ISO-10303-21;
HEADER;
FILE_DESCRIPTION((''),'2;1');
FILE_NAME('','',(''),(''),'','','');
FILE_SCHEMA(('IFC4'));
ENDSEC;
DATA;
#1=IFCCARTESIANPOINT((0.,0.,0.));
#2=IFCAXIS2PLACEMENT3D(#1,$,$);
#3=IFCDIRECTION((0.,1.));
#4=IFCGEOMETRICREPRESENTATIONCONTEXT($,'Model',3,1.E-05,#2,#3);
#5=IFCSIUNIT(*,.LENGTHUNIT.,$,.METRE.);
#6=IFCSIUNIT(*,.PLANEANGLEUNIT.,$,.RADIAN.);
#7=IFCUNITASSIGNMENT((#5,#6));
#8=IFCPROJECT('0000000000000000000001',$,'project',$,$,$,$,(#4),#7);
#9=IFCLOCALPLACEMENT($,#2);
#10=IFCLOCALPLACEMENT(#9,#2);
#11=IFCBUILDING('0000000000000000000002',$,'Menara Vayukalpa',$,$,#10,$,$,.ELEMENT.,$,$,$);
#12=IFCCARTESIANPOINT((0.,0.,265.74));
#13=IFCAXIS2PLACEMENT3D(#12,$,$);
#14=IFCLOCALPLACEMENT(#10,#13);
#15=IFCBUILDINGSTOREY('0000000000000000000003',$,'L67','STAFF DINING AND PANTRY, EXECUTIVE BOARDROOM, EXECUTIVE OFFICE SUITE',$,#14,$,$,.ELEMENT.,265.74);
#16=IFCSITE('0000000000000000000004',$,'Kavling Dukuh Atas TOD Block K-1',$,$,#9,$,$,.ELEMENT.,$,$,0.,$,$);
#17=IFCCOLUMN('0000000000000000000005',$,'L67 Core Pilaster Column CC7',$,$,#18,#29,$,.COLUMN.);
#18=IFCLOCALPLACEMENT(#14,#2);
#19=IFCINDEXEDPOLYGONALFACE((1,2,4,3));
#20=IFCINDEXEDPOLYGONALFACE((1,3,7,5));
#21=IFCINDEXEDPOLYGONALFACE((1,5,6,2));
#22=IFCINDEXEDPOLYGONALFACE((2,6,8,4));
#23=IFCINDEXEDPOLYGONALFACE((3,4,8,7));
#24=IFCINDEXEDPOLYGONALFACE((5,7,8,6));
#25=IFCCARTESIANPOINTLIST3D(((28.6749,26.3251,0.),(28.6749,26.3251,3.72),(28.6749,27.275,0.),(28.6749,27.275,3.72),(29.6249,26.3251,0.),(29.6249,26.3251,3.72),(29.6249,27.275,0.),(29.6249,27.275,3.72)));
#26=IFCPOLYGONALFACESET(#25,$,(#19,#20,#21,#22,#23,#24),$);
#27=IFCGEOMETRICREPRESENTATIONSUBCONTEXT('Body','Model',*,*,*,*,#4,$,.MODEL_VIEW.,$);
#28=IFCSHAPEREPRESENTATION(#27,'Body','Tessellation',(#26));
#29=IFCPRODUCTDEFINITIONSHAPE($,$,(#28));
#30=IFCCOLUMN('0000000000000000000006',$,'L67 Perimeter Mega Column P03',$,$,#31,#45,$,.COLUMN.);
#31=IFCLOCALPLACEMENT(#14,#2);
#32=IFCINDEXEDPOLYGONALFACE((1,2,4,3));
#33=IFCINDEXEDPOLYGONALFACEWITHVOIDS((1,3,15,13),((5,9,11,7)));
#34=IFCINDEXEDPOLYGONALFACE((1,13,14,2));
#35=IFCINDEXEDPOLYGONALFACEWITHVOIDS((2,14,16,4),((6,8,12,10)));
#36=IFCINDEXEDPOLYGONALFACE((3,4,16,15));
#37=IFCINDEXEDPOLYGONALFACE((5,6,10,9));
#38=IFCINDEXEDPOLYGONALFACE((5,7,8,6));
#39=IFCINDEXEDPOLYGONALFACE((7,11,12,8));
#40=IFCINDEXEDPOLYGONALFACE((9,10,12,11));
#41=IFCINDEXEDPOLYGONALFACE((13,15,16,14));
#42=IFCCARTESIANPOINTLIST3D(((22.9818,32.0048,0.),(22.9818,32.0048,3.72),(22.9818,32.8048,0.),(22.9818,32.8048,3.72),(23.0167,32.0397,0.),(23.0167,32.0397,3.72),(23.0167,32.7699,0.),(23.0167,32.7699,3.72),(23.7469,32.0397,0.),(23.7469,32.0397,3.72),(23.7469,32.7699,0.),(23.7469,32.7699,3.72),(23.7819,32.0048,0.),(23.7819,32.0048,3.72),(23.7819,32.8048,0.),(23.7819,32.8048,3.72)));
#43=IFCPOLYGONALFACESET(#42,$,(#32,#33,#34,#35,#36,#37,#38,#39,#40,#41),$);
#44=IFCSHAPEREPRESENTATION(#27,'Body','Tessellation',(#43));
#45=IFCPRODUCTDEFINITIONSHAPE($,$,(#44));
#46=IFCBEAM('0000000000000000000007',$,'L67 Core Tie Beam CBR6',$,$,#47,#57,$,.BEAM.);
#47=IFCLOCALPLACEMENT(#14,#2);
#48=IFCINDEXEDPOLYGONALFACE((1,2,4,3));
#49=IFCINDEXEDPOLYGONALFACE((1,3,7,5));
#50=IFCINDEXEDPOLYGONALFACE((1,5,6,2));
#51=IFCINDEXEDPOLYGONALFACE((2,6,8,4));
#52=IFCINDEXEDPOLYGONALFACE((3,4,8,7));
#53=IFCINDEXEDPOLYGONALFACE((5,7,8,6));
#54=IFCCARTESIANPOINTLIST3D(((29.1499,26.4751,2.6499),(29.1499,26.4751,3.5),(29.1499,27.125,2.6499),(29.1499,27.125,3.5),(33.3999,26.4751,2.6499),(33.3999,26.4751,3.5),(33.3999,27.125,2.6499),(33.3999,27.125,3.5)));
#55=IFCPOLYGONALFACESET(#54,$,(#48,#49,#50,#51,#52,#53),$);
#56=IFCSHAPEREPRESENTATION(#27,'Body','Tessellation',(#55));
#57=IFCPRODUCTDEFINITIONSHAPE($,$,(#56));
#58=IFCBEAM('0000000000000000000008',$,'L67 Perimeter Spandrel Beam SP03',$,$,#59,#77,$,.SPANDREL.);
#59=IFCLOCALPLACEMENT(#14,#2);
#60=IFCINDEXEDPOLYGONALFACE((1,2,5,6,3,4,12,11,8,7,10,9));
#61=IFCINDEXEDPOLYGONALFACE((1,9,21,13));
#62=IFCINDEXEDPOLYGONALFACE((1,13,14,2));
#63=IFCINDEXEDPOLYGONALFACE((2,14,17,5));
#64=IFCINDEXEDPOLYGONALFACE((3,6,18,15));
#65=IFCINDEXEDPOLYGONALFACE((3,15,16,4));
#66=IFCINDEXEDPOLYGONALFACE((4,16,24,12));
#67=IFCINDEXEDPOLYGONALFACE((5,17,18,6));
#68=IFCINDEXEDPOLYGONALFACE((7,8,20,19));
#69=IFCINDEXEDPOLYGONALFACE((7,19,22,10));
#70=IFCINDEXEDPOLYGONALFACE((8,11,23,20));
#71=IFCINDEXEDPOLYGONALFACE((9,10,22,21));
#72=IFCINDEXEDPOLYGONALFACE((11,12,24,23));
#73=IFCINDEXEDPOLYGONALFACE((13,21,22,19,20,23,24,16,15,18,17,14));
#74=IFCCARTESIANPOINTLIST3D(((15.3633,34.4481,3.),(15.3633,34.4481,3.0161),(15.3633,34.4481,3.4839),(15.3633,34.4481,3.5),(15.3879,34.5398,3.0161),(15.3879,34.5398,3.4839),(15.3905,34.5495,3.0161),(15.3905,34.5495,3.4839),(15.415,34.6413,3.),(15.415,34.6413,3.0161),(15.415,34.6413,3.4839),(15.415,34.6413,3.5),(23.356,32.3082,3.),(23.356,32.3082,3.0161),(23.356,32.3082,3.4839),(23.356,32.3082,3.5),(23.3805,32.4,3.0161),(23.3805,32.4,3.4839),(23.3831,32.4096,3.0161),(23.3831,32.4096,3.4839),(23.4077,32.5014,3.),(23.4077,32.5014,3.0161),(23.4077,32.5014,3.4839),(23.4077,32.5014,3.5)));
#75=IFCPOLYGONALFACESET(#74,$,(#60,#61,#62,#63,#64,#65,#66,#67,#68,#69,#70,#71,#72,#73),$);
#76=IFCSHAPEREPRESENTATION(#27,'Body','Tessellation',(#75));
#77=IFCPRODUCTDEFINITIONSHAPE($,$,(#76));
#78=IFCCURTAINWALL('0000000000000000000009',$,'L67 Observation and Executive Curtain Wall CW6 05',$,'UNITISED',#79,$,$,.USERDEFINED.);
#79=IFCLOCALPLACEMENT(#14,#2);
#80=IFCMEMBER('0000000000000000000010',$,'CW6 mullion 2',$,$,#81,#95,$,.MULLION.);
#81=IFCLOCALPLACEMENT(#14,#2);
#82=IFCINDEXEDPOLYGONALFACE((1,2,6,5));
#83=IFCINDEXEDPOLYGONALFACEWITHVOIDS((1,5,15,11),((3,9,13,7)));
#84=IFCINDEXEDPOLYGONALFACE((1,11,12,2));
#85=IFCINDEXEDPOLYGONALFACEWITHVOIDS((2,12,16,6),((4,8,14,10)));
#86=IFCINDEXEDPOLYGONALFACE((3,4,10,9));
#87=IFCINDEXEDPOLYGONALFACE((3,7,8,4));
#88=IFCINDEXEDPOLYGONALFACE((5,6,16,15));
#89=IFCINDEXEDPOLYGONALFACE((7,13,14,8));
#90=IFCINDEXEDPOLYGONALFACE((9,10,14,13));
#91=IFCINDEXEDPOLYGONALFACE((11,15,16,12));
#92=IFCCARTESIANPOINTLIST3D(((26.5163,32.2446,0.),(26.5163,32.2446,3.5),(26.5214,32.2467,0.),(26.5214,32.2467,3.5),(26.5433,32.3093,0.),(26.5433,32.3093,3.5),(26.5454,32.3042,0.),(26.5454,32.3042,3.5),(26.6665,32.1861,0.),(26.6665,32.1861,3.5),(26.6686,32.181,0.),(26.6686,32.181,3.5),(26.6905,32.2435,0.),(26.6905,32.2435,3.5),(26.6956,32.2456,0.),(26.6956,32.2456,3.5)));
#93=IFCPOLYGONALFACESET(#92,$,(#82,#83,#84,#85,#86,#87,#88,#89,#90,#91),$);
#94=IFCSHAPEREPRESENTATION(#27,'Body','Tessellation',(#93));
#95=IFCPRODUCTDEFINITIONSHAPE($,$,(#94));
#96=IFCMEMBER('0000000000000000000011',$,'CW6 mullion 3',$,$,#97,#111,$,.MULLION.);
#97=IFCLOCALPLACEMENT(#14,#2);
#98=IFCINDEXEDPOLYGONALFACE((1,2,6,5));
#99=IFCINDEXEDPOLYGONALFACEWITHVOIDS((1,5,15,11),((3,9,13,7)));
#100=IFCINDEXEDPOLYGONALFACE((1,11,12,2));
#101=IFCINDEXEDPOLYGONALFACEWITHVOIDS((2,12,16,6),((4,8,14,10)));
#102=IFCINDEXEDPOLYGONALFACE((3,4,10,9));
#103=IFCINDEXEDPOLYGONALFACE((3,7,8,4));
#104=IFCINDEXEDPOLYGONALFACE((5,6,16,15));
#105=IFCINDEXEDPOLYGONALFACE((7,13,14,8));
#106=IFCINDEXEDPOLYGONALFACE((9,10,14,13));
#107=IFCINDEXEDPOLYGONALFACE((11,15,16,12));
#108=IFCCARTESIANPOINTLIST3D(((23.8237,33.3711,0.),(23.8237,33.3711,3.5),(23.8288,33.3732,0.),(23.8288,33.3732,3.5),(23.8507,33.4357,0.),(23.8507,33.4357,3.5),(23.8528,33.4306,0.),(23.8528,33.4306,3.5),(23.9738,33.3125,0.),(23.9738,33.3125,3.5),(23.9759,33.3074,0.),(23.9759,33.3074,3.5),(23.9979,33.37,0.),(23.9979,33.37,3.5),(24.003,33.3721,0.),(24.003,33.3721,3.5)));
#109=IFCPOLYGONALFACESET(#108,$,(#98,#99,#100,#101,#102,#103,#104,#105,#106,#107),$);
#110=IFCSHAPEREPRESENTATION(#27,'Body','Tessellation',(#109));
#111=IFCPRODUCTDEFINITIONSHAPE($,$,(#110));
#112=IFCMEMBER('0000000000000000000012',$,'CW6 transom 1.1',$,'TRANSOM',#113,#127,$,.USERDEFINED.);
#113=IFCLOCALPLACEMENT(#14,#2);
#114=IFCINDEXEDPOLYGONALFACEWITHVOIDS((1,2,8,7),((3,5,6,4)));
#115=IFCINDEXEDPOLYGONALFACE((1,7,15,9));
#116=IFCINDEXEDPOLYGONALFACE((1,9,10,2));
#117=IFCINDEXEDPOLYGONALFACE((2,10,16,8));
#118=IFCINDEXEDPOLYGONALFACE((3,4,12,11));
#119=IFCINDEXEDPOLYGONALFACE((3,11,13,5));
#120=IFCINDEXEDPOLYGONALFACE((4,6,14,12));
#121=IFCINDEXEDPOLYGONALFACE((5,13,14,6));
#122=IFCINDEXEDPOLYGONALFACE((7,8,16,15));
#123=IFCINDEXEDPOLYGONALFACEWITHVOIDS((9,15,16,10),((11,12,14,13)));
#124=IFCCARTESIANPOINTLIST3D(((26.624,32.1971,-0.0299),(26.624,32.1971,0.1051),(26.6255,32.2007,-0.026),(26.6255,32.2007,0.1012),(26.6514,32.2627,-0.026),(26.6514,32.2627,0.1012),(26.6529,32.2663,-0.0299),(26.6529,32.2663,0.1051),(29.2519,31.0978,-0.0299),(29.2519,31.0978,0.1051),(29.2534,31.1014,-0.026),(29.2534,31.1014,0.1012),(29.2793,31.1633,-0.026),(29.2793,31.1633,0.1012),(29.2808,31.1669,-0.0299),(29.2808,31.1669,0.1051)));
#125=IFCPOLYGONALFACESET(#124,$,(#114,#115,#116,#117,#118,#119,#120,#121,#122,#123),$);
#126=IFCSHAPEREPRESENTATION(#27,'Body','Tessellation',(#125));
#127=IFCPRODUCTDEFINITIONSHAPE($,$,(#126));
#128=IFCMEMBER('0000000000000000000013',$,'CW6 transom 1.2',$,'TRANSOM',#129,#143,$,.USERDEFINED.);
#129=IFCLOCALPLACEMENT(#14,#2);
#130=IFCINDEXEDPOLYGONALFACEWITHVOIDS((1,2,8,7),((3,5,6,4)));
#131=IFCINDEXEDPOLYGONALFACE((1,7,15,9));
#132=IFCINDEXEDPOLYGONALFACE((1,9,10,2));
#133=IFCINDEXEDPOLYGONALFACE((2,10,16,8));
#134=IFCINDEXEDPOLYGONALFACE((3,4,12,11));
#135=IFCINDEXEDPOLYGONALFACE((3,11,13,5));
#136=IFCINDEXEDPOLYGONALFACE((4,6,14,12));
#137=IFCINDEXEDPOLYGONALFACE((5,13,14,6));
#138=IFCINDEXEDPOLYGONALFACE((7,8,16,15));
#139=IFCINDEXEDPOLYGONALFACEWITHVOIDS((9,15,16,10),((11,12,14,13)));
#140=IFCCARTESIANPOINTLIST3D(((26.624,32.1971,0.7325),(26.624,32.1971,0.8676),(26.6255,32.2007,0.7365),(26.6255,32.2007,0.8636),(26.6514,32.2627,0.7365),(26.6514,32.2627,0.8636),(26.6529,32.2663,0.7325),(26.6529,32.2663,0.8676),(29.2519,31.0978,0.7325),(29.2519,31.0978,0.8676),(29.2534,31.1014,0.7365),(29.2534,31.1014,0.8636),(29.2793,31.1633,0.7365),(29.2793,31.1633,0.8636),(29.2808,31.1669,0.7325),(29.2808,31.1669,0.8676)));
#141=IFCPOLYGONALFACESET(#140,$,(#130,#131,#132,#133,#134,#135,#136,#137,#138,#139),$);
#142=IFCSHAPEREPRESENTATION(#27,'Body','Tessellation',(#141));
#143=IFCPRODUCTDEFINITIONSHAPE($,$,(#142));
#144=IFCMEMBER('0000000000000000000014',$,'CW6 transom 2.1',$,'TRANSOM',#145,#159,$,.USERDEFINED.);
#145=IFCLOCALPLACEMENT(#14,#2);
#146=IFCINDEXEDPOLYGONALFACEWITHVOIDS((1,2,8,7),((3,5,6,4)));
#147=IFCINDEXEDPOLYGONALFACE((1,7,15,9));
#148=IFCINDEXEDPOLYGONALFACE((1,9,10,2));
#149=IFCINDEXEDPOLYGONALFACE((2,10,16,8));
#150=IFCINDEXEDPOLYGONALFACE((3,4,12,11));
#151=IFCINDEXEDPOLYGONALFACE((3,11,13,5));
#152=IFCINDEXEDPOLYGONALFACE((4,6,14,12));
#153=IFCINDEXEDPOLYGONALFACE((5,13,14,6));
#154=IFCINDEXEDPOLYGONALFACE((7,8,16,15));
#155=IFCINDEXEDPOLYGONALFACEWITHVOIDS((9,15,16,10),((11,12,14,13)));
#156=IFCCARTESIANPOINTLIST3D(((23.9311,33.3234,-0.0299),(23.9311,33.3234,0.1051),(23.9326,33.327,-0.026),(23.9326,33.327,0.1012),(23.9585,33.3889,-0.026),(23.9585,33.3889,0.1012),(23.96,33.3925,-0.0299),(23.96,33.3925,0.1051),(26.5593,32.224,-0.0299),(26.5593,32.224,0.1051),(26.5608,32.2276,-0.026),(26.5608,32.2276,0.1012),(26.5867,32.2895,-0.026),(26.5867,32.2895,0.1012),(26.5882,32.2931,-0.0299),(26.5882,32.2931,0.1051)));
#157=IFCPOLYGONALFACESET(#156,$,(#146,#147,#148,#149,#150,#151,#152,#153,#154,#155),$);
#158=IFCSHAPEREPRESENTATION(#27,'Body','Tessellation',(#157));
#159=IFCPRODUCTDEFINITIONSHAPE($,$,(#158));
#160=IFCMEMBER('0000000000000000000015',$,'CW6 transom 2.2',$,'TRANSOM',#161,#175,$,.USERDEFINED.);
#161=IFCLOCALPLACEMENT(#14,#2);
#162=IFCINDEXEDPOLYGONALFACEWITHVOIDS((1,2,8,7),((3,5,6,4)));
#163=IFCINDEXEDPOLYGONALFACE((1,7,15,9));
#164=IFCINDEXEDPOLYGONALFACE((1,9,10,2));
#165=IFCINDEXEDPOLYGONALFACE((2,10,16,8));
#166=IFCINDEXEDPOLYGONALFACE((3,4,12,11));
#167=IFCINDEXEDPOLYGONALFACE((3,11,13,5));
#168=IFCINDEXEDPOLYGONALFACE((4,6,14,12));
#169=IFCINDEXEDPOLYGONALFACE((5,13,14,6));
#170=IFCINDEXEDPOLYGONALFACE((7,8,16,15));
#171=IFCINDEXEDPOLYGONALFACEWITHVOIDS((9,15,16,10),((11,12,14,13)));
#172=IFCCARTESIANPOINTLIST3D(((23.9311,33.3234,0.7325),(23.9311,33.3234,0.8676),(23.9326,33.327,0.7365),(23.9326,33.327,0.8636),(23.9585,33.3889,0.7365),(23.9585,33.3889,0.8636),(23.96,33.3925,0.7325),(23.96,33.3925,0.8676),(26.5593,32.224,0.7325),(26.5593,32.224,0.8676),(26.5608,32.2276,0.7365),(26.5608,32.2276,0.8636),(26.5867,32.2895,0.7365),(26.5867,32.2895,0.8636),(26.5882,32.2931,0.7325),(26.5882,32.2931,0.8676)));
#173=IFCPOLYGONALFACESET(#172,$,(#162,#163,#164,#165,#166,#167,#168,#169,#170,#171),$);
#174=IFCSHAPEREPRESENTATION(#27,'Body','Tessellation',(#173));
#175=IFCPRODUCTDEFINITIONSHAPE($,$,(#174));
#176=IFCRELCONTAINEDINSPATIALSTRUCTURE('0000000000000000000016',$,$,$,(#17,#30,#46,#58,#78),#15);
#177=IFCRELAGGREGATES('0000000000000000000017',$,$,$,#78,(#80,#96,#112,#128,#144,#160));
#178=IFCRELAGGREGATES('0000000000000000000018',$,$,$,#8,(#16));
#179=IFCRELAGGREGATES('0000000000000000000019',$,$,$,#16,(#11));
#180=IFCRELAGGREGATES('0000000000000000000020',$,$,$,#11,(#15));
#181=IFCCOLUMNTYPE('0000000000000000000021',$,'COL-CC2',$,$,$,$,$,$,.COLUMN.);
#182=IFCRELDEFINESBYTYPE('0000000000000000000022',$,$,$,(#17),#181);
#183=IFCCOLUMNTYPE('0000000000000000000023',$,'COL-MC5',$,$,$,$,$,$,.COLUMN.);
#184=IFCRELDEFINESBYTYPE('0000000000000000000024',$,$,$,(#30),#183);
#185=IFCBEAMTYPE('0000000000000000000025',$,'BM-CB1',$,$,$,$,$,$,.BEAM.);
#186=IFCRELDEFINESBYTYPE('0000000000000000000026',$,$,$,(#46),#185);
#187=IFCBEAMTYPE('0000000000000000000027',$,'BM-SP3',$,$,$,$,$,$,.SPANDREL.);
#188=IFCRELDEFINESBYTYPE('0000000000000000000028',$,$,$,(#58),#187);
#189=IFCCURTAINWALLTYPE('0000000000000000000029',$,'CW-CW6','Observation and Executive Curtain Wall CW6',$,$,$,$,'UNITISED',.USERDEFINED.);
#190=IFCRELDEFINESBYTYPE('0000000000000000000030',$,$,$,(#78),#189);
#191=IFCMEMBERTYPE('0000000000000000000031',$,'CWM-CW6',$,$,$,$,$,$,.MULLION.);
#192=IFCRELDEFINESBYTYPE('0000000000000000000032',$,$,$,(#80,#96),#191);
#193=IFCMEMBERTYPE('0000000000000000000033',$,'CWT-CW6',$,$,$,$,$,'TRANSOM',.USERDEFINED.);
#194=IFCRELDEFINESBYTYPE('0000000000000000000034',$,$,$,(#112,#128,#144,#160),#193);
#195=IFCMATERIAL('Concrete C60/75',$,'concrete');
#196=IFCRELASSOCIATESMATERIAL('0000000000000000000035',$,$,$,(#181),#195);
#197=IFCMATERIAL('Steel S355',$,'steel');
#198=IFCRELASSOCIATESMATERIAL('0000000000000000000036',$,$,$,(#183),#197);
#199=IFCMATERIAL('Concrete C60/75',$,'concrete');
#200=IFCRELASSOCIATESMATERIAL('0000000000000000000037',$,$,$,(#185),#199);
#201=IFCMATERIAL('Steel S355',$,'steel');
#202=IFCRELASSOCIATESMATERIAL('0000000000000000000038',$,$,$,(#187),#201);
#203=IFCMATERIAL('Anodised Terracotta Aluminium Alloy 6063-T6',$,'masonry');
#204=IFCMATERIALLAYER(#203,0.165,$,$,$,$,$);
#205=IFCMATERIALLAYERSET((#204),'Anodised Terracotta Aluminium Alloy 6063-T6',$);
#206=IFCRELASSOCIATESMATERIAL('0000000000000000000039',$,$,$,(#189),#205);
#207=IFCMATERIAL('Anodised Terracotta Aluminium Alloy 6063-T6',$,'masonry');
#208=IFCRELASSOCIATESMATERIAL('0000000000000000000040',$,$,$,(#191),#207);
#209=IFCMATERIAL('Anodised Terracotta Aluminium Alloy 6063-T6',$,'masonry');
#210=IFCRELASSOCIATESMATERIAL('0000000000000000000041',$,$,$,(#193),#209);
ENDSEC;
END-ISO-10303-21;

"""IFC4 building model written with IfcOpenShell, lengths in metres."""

from ifc_helpers import new_model, si_unit, direction, frame, origin, origin_2d, place, context, subcontext, project, spatial, rectangle, hollow_rectangle, i_section, extrude, material, layer, layer_set, material_profile, profile_set, type_object, element, aggregate, save


model = new_model("IFC4")

# Units and contexts
model_context = context("Model", 3, precision=1e-05, world=origin(), true_north=direction((0.0, 1.0)))
body_context = subcontext(model_context, "Body", "Model", "MODEL_VIEW")
ifc_project = project(units=[si_unit("LENGTHUNIT", "METRE"), si_unit("PLANEANGLEUNIT", "RADIAN")], contexts=[model_context])

# Site, building, storey
site_placement = place(None, origin())
site = spatial("IfcSite", under=ifc_project, at=site_placement, Name="Kavling Dukuh Atas TOD Block K-1", CompositionType="ELEMENT", RefElevation=0.0)
building_placement = place(site_placement, origin())
building = spatial("IfcBuilding", under=site, at=building_placement, Name="Menara Vayukalpa", CompositionType="ELEMENT")
storey_placement = place(building_placement, frame((0.0, 0.0, 265.74)))
storey = spatial("IfcBuildingStorey", under=building, at=storey_placement, Name="L67", Description="STAFF DINING AND PANTRY, EXECUTIVE BOARDROOM, EXECUTIVE OFFICE SUITE", CompositionType="ELEMENT", Elevation=265.74)

# Columns
ifc_material_1 = material(Name="Concrete C60/75", Category="concrete")
ifc_material_profile_1 = material_profile(ifc_material_1, rectangle(XDim=0.95, YDim=0.95, at=origin_2d()), Name="RC 950x950")
ifc_profile_set_1 = profile_set([ifc_material_profile_1], Name="Concrete C60/75")
column_type_1 = type_object("IfcColumnType", Name="COL-CC2", PredefinedType="COLUMN", material=ifc_profile_set_1)
column_1_placement = place(storey_placement, frame((29.1499, 26.8, 0.0), z_axis=(0.0, 0.0, 1.0), x_axis=(1.0, 0.0, 0.0)))
element("IfcColumn", 1, at=column_1_placement, inside=storey, type_object=column_type_1, Name="L67 Core Pilaster Column CC7", PredefinedType="COLUMN", context=body_context, shape_type="SweptSolid", body=[
    extrude(rectangle(XDim=0.95, YDim=0.95, at=origin_2d()), origin(), (0.0, 0.0, 1.0), 3.72),
])
ifc_material_2 = material(Name="Steel S355", Category="steel")
ifc_material_profile_2 = material_profile(ifc_material_2, hollow_rectangle(XDim=0.8, YDim=0.8, WallThickness=0.0349, at=origin_2d()), Name="BOX 800x800x35")
ifc_profile_set_2 = profile_set([ifc_material_profile_2], Name="Steel S355")
column_type_2 = type_object("IfcColumnType", Name="COL-MC5", PredefinedType="COLUMN", material=ifc_profile_set_2)
column_2_placement = place(storey_placement, frame((23.3818, 32.4048, 0.0), z_axis=(0.0, 0.0, 1.0), x_axis=(1.0, 0.0, 0.0)))
element("IfcColumn", 2, at=column_2_placement, inside=storey, type_object=column_type_2, Name="L67 Perimeter Mega Column P03", PredefinedType="COLUMN", context=body_context, shape_type="SweptSolid", body=[
    extrude(hollow_rectangle(XDim=0.8, YDim=0.8, WallThickness=0.0349, at=origin_2d()), origin(), (0.0, 0.0, 1.0), 3.72),
])

# Beams
ifc_material_3 = material(Name="Concrete C60/75", Category="concrete")
ifc_material_profile_3 = material_profile(ifc_material_3, rectangle(XDim=0.6499, YDim=0.8501, at=origin_2d()), Name="RC 650x850")
ifc_profile_set_3 = profile_set([ifc_material_profile_3], Name="Concrete C60/75")
beam_type_1 = type_object("IfcBeamType", Name="BM-CB1", PredefinedType="BEAM", material=ifc_profile_set_3)
beam_1_placement = place(storey_placement, frame((29.1499, 26.8, 3.075), z_axis=(1.0, 0.0, 0.0), x_axis=(0.0, 1.0, 0.0)))
element("IfcBeam", 3, at=beam_1_placement, inside=storey, type_object=beam_type_1, Name="L67 Core Tie Beam CBR6", PredefinedType="BEAM", context=body_context, shape_type="SweptSolid", body=[
    extrude(rectangle(XDim=0.6499, YDim=0.8501, at=origin_2d()), origin(), (0.0, 0.0, 1.0), 4.25),
])
ifc_material_4 = material(Name="Steel S355", Category="steel")
ifc_material_profile_4 = material_profile(ifc_material_4, i_section(OverallWidth=0.2, OverallDepth=0.5, WebThickness=0.01, FlangeThickness=0.0161, at=origin_2d()), Name="WF 500x200x10x16")
ifc_profile_set_4 = profile_set([ifc_material_profile_4], Name="Steel S355")
beam_type_2 = type_object("IfcBeamType", Name="BM-SP3", PredefinedType="SPANDREL", material=ifc_profile_set_4)
beam_2_placement = place(storey_placement, frame((23.3818, 32.4048, 3.25), z_axis=(-0.965978, 0.258623, 0.0), x_axis=(-0.258623, -0.965978, 0.0)))
element("IfcBeam", 4, at=beam_2_placement, inside=storey, type_object=beam_type_2, Name="L67 Perimeter Spandrel Beam SP03", PredefinedType="SPANDREL", context=body_context, shape_type="SweptSolid", body=[
    extrude(i_section(OverallWidth=0.2, OverallDepth=0.5, WebThickness=0.01, FlangeThickness=0.0161, at=origin_2d()), origin(), (0.0, 0.0, 1.0), 8.2742),
])

# Curtain wall, members
ifc_material_5 = material(Name="Anodised Terracotta Aluminium Alloy 6063-T6", Category="masonry")
ifc_layer_1 = layer(ifc_material_5, 0.165)
ifc_layer_set_1 = layer_set([ifc_layer_1], Name="Anodised Terracotta Aluminium Alloy 6063-T6")
curtain_wall_type = type_object("IfcCurtainWallType", Name="CW-CW6", Description="Observation and Executive Curtain Wall CW6", ElementType="UNITISED", PredefinedType="USERDEFINED", material=ifc_layer_set_1)
curtain_wall_placement = place(storey_placement, origin())
curtain_wall = element("IfcCurtainWall", 5, at=curtain_wall_placement, inside=storey, type_object=curtain_wall_type, Name="L67 Observation and Executive Curtain Wall CW6 05", ObjectType="UNITISED", PredefinedType="USERDEFINED")
ifc_material_6 = material(Name="Anodised Terracotta Aluminium Alloy 6063-T6", Category="masonry")
ifc_material_profile_5 = material_profile(ifc_material_6, hollow_rectangle(XDim=0.0701, YDim=0.165, WallThickness=0.0039, at=origin_2d()), Name="ALU 70x165x4")
ifc_profile_set_5 = profile_set([ifc_material_profile_5], Name="Anodised Terracotta Aluminium Alloy 6063-T6")
member_type_1 = type_object("IfcMemberType", Name="CWM-CW6", PredefinedType="MULLION", material=ifc_profile_set_5)
member_1_placement = place(storey_placement, frame((26.606, 32.2451, 0.0), z_axis=(0.0, 0.0, 1.0), x_axis=(-0.3859, -0.922541, 0.0)))
member_1 = element("IfcMember", 6, at=member_1_placement, type_object=member_type_1, Name="CW6 mullion 2", PredefinedType="MULLION", context=body_context, shape_type="SweptSolid", body=[
    extrude(hollow_rectangle(XDim=0.0701, YDim=0.165, WallThickness=0.0039, at=origin_2d()), origin(), (0.0, 0.0, 1.0), 3.5),
])
member_2_placement = place(storey_placement, frame((23.9133, 33.3716, 0.0), z_axis=(0.0, 0.0, 1.0), x_axis=(-0.3859, -0.922541, 0.0)))
member_2 = element("IfcMember", 7, at=member_2_placement, type_object=member_type_1, Name="CW6 mullion 3", PredefinedType="MULLION", context=body_context, shape_type="SweptSolid", body=[
    extrude(hollow_rectangle(XDim=0.0701, YDim=0.165, WallThickness=0.0039, at=origin_2d()), origin(), (0.0, 0.0, 1.0), 3.5),
])
ifc_material_7 = material(Name="Anodised Terracotta Aluminium Alloy 6063-T6", Category="masonry")
ifc_material_profile_6 = material_profile(ifc_material_7, hollow_rectangle(XDim=0.075, YDim=0.135, WallThickness=0.0039, at=origin_2d()), Name="ALU 75x135x4")
ifc_profile_set_6 = profile_set([ifc_material_profile_6], Name="Anodised Terracotta Aluminium Alloy 6063-T6")
member_type_2 = type_object("IfcMemberType", Name="CWT-CW6", ElementType="TRANSOM", PredefinedType="USERDEFINED", material=ifc_profile_set_6)
member_3_placement = place(storey_placement, frame((29.2664, 31.1323, 0.0376), z_axis=(-0.922528, 0.385929, 0.0), x_axis=(-0.385929, -0.922528, 0.0)))
member_3 = element("IfcMember", 8, at=member_3_placement, type_object=member_type_2, Name="CW6 transom 1.1", ObjectType="TRANSOM", PredefinedType="USERDEFINED", context=body_context, shape_type="SweptSolid", body=[
    extrude(hollow_rectangle(XDim=0.075, YDim=0.135, WallThickness=0.0039, at=origin_2d()), origin(), (0.0, 0.0, 1.0), 2.8486),
])
member_4_placement = place(storey_placement, frame((29.2664, 31.1323, 0.8), z_axis=(-0.922528, 0.385929, 0.0), x_axis=(-0.385929, -0.922528, 0.0)))
member_4 = element("IfcMember", 9, at=member_4_placement, type_object=member_type_2, Name="CW6 transom 1.2", ObjectType="TRANSOM", PredefinedType="USERDEFINED", context=body_context, shape_type="SweptSolid", body=[
    extrude(hollow_rectangle(XDim=0.075, YDim=0.135, WallThickness=0.0039, at=origin_2d()), origin(), (0.0, 0.0, 1.0), 2.8486),
])
member_5_placement = place(storey_placement, frame((26.5737, 32.2585, 0.0376), z_axis=(-0.922541, 0.385899, 0.0), x_axis=(-0.385899, -0.922541, 0.0)))
member_5 = element("IfcMember", 10, at=member_5_placement, type_object=member_type_2, Name="CW6 transom 2.1", ObjectType="TRANSOM", PredefinedType="USERDEFINED", context=body_context, shape_type="SweptSolid", body=[
    extrude(hollow_rectangle(XDim=0.075, YDim=0.135, WallThickness=0.0039, at=origin_2d()), origin(), (0.0, 0.0, 1.0), 2.8489),
])
member_6_placement = place(storey_placement, frame((26.5737, 32.2585, 0.8), z_axis=(-0.922541, 0.385899, 0.0), x_axis=(-0.385899, -0.922541, 0.0)))
member_6 = element("IfcMember", 11, at=member_6_placement, type_object=member_type_2, Name="CW6 transom 2.2", ObjectType="TRANSOM", PredefinedType="USERDEFINED", context=body_context, shape_type="SweptSolid", body=[
    extrude(hollow_rectangle(XDim=0.075, YDim=0.135, WallThickness=0.0039, at=origin_2d()), origin(), (0.0, 0.0, 1.0), 2.8489),
])
aggregate(curtain_wall, [member_1, member_2, member_3, member_4, member_5, member_6])

save(model, "model.ifc")
